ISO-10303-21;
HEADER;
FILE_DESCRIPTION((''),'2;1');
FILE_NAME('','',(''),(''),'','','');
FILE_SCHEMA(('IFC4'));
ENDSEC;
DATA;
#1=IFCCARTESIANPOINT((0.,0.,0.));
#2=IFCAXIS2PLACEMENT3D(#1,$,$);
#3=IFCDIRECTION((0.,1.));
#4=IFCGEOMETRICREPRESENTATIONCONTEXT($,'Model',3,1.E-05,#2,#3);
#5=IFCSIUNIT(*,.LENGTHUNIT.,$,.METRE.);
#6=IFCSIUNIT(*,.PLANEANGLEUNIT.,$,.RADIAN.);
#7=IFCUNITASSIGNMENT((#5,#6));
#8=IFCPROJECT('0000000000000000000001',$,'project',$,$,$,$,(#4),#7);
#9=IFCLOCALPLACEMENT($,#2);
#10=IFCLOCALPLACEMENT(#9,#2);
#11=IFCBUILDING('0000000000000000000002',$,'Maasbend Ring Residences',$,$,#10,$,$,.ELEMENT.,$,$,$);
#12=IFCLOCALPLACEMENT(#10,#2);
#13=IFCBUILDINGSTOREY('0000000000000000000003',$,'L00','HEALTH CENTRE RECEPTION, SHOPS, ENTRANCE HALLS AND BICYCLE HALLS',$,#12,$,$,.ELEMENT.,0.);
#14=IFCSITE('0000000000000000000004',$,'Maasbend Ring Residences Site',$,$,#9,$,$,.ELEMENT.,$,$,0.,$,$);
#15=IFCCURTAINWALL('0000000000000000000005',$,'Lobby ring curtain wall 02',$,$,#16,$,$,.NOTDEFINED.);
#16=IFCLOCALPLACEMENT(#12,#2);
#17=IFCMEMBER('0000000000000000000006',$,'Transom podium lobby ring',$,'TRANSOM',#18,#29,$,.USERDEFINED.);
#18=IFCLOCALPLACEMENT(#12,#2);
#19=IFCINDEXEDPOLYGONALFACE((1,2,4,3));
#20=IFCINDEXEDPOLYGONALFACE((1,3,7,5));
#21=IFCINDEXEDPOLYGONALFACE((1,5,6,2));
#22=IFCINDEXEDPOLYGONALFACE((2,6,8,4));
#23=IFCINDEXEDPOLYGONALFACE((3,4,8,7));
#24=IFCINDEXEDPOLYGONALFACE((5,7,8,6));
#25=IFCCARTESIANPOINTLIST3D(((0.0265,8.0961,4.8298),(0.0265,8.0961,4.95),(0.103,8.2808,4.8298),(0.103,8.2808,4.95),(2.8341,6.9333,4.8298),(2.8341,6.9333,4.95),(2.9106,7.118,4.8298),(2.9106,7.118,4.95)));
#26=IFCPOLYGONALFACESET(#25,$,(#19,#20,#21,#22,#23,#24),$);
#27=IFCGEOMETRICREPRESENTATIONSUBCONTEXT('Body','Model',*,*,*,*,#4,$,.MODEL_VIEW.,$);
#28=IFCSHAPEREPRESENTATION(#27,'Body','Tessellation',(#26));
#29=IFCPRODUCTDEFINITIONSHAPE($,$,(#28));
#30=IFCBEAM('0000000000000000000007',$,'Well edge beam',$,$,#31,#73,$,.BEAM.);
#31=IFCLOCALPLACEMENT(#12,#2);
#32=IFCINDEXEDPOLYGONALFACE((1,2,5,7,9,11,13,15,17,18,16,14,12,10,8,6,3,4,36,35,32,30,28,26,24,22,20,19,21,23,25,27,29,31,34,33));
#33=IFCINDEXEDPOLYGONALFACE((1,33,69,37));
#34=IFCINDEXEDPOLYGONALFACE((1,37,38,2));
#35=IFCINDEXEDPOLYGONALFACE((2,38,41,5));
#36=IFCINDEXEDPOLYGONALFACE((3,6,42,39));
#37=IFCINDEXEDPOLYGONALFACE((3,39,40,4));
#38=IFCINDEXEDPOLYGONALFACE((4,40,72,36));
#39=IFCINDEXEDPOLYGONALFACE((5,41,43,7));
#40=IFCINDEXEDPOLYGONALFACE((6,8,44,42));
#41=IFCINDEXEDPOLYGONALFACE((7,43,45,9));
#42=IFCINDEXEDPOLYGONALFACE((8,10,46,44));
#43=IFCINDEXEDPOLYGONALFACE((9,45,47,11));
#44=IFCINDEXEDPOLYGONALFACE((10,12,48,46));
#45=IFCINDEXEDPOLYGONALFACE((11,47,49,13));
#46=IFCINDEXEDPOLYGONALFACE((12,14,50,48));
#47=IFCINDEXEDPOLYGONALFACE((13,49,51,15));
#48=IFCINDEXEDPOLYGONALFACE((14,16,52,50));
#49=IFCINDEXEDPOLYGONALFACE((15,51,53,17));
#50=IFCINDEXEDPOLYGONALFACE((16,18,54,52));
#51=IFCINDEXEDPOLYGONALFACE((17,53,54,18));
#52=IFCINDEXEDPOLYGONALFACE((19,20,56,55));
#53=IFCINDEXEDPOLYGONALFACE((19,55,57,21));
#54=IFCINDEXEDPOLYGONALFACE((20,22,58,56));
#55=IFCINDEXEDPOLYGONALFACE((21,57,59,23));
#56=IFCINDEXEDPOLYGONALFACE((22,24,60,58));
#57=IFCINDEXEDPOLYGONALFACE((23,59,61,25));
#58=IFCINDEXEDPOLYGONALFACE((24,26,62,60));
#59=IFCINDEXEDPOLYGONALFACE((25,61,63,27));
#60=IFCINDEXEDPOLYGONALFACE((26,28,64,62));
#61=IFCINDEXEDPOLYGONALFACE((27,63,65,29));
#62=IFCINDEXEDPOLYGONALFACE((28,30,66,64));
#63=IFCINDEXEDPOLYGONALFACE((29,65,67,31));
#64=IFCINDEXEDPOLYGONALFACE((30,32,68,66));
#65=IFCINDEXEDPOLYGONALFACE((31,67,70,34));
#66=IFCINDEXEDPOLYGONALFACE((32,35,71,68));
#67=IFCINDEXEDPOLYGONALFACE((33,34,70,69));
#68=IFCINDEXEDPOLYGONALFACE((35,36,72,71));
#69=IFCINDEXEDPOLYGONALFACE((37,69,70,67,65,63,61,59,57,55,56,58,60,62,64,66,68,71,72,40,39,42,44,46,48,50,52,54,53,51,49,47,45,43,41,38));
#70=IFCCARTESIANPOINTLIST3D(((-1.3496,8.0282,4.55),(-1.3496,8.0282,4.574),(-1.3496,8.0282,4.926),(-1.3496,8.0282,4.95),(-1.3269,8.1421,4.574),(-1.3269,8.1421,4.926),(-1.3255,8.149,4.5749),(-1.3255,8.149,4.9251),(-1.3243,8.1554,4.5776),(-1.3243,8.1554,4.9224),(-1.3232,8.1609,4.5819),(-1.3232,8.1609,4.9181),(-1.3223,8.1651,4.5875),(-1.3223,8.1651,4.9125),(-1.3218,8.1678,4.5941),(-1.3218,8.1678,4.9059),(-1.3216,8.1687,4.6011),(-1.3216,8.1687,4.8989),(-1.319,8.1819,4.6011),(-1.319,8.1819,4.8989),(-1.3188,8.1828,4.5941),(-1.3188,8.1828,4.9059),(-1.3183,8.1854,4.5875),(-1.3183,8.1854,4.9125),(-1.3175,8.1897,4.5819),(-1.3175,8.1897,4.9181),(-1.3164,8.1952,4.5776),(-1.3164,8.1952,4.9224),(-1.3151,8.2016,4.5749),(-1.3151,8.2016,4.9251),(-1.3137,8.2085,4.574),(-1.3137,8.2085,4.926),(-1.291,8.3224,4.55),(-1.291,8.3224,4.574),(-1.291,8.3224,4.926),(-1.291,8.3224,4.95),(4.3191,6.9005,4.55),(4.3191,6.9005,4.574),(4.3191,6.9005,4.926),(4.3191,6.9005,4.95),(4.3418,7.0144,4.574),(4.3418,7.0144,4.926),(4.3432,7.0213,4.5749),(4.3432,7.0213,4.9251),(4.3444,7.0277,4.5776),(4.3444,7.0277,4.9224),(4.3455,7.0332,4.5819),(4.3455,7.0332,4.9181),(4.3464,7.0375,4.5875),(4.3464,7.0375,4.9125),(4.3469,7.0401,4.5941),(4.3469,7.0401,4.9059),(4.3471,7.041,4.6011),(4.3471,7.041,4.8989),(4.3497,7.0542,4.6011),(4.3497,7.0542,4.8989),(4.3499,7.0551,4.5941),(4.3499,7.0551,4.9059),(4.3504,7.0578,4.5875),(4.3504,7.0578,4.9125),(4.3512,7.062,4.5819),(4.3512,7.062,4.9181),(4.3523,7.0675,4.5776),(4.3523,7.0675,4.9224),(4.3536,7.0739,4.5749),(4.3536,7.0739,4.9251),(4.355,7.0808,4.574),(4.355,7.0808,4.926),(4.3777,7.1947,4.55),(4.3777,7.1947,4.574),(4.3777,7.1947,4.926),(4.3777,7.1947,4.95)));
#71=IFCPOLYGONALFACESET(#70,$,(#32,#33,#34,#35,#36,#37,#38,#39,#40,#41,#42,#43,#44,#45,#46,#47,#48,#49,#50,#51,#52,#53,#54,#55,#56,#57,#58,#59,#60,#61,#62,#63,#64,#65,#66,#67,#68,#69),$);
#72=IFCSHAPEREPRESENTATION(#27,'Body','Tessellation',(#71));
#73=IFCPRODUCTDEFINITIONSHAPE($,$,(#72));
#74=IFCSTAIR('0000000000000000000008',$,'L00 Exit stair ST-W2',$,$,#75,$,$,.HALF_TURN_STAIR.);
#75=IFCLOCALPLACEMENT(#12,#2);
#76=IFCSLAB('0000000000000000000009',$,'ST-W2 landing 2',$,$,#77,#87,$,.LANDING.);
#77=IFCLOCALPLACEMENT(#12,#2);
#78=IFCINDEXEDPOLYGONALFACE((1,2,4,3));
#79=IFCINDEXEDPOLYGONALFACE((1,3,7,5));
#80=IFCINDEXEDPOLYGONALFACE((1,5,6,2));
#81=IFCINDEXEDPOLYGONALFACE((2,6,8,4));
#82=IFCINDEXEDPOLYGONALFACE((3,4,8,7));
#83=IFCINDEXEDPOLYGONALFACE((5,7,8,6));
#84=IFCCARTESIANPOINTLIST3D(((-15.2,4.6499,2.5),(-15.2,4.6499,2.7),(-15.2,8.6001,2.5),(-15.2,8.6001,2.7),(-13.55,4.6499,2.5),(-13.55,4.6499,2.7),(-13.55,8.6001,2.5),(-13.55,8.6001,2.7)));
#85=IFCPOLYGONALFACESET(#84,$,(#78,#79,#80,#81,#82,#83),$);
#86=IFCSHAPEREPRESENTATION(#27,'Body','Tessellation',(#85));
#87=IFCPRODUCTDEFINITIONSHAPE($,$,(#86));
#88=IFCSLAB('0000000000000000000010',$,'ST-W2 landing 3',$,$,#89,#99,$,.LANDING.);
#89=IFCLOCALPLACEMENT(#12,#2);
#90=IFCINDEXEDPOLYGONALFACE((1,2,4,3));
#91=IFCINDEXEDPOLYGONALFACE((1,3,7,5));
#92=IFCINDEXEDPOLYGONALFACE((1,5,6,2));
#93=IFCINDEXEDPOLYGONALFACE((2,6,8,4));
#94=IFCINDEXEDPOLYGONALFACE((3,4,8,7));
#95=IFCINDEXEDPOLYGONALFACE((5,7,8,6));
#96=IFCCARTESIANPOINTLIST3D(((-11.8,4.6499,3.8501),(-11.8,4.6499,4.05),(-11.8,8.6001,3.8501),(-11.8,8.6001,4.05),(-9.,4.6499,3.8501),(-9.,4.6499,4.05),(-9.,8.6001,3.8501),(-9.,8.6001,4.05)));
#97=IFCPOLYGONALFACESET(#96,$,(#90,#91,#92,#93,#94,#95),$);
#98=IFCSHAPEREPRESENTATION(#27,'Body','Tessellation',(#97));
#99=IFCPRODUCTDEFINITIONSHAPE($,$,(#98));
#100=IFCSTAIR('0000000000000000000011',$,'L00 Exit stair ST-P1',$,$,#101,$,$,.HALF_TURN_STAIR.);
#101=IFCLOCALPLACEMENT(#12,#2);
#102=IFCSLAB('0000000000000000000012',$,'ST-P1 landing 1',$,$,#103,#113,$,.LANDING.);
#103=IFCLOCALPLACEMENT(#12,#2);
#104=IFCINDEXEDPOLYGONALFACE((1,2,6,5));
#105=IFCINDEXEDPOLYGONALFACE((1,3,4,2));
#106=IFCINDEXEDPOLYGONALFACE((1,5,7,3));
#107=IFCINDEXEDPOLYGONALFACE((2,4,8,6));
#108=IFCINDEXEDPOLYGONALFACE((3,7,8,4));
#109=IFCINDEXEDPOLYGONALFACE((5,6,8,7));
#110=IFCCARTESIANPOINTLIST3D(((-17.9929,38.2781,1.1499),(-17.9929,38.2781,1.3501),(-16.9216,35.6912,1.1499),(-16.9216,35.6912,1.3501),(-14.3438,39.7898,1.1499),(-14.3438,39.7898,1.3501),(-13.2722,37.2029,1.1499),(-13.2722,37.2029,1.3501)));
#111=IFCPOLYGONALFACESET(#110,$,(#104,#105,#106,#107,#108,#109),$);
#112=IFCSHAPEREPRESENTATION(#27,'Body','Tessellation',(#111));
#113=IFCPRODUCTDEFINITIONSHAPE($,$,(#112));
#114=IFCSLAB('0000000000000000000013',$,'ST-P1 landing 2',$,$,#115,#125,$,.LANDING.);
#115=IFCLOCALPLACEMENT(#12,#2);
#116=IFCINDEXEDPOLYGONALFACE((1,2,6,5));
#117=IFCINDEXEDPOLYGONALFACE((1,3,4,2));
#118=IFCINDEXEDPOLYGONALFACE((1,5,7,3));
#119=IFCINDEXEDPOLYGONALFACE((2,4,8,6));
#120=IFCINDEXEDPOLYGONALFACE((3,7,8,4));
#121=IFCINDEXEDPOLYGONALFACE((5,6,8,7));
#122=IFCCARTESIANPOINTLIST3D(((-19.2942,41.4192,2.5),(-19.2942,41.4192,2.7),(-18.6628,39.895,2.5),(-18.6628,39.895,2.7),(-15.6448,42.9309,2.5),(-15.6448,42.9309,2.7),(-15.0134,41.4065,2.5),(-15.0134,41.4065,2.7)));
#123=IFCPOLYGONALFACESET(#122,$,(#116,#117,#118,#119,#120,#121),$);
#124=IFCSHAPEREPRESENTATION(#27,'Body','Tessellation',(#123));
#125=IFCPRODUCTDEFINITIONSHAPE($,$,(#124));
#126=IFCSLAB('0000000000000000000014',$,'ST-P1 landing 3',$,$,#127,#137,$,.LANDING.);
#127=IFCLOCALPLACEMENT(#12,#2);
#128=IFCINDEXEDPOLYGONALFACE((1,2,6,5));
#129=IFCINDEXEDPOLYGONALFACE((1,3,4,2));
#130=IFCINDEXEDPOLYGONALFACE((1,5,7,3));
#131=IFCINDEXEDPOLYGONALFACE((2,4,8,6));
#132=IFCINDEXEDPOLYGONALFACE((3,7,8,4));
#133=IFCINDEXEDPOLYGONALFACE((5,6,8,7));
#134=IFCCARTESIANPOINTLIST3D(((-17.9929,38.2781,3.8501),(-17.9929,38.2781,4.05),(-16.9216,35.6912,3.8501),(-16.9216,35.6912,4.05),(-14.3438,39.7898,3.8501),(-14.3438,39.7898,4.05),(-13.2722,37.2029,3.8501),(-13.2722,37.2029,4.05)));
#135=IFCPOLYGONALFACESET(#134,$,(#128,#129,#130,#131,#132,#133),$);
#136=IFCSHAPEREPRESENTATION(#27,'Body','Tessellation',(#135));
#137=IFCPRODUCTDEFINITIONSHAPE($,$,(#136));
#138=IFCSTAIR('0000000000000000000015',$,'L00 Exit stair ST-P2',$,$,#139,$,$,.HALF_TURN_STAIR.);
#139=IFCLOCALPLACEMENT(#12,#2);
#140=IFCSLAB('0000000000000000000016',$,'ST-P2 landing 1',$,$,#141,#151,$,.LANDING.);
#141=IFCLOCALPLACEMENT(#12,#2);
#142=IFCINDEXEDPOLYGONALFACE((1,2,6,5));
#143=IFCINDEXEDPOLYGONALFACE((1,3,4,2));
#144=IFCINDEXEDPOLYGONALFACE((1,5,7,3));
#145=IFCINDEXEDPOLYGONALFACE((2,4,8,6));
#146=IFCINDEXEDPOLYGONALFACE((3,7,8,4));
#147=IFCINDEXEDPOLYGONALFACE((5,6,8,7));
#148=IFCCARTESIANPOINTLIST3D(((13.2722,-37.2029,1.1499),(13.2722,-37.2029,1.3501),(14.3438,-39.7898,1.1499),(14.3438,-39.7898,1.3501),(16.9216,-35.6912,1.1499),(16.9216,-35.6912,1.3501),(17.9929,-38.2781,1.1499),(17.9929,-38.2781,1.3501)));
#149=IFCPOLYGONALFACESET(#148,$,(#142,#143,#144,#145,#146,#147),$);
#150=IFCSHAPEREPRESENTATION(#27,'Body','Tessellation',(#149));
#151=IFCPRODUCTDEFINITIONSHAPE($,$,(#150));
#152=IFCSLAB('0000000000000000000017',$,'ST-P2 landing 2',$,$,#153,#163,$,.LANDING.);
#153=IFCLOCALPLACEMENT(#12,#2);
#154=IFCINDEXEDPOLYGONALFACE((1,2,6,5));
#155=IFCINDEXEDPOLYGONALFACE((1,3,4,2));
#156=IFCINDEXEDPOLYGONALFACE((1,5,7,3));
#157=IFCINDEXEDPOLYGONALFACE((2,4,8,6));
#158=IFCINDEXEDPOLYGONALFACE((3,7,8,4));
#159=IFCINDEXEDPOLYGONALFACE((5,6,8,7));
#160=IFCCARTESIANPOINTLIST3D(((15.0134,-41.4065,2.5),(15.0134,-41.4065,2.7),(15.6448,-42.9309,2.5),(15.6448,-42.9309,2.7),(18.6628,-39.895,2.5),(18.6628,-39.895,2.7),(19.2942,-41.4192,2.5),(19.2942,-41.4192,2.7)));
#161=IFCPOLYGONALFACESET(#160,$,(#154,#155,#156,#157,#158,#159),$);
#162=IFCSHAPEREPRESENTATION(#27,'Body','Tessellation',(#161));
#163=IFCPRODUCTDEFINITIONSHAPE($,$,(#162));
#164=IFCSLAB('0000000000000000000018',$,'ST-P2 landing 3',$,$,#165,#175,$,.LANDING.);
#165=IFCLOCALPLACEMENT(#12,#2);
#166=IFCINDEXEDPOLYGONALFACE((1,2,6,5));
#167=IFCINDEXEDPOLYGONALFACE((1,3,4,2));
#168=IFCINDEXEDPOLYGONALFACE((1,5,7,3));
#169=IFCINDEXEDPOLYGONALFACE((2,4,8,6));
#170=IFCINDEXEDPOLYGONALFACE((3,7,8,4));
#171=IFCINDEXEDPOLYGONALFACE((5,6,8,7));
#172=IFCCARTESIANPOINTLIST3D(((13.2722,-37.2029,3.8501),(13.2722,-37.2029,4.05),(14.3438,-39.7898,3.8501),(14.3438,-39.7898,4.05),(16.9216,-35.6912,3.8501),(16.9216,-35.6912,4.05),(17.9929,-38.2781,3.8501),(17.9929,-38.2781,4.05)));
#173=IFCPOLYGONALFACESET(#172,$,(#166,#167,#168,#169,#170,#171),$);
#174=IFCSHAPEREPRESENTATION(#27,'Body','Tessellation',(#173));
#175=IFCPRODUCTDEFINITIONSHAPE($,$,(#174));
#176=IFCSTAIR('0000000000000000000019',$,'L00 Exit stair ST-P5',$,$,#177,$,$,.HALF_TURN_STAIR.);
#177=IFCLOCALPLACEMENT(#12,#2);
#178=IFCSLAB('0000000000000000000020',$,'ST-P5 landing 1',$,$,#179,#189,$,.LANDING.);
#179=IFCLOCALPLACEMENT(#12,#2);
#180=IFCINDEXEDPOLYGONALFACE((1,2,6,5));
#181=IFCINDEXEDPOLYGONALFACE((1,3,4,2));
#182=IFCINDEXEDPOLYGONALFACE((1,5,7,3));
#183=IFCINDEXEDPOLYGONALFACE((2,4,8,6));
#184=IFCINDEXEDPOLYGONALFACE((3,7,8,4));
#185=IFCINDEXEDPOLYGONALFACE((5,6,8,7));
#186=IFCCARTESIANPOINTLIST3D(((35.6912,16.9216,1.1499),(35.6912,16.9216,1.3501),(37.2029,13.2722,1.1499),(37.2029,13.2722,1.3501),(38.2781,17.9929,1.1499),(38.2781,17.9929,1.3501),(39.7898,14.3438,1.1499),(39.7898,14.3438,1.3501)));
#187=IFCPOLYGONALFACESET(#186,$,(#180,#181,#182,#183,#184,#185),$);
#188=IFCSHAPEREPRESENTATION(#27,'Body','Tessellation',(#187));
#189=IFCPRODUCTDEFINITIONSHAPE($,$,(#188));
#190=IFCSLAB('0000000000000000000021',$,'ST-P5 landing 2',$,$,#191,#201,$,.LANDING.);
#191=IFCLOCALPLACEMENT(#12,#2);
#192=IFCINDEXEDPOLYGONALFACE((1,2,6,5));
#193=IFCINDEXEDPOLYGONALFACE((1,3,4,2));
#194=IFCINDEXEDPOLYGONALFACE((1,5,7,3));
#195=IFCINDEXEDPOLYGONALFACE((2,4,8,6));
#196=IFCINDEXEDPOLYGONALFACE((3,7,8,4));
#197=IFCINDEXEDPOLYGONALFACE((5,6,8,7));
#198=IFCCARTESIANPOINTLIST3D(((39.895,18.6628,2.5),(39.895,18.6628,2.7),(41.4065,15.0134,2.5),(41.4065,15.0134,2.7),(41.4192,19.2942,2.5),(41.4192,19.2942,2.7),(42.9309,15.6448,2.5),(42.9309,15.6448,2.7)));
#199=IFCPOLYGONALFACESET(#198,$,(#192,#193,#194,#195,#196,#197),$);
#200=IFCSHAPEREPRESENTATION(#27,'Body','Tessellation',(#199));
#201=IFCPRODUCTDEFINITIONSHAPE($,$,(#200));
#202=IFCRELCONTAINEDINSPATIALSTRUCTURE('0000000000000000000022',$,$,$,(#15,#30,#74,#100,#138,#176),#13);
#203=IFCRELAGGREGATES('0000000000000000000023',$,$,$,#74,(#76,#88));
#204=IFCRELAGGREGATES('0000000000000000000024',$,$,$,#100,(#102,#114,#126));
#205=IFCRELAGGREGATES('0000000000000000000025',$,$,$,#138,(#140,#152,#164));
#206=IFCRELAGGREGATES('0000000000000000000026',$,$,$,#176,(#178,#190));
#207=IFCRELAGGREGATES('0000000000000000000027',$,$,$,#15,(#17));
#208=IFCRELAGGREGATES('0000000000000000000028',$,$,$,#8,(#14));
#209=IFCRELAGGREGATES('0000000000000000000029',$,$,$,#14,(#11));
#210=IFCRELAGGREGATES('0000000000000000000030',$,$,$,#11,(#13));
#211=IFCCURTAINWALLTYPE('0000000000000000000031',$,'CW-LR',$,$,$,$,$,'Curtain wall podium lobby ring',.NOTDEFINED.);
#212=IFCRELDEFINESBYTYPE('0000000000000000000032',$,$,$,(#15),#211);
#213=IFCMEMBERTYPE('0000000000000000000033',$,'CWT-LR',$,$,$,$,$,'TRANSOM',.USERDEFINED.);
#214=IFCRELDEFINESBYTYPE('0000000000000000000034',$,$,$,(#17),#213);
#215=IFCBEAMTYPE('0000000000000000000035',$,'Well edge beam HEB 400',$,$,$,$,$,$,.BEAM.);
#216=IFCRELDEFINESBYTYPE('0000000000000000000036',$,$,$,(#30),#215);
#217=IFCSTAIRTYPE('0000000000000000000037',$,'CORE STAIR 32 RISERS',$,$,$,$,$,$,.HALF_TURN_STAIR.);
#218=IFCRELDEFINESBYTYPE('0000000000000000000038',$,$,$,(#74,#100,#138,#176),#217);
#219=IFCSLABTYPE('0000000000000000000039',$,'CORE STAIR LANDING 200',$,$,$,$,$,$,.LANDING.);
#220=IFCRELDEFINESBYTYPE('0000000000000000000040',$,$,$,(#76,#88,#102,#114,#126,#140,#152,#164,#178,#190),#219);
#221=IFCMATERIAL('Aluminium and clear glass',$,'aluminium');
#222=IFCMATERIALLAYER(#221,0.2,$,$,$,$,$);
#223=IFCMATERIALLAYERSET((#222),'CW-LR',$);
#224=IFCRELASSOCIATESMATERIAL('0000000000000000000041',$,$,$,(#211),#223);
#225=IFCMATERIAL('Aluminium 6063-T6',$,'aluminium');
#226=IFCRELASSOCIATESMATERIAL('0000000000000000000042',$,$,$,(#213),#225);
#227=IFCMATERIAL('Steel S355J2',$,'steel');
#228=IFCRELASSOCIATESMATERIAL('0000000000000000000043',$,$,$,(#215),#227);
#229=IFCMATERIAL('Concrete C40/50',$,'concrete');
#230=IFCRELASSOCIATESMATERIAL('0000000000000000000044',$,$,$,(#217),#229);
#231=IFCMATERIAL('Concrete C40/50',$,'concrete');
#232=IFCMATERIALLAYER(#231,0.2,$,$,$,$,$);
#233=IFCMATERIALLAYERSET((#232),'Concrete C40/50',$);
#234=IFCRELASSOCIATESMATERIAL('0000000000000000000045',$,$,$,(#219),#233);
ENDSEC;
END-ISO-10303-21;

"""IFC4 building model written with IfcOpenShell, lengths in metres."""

from ifc_helpers import new_model, si_unit, direction, frame, origin, origin_2d, place, context, subcontext, project, spatial, polyline, rectangle, i_section, outline, extrude, material, layer, layer_set, material_profile, profile_set, type_object, element, aggregate, save


model = new_model("IFC4")

# Units and contexts
model_context = context("Model", 3, precision=1e-05, world=origin(), true_north=direction((0.0, 1.0)))
body_context = subcontext(model_context, "Body", "Model", "MODEL_VIEW")
ifc_project = project(units=[si_unit("LENGTHUNIT", "METRE"), si_unit("PLANEANGLEUNIT", "RADIAN")], contexts=[model_context])

# Site, building, storey
site_placement = place(None, origin())
site = spatial("IfcSite", under=ifc_project, at=site_placement, Name="Maasbend Ring Residences Site", CompositionType="ELEMENT", RefElevation=0.0)
building_placement = place(site_placement, origin())
building = spatial("IfcBuilding", under=site, at=building_placement, Name="Maasbend Ring Residences", CompositionType="ELEMENT")
storey_placement = place(building_placement, origin())
storey = spatial("IfcBuildingStorey", under=building, at=storey_placement, Name="L00", Description="HEALTH CENTRE RECEPTION, SHOPS, ENTRANCE HALLS AND BICYCLE HALLS", CompositionType="ELEMENT", Elevation=0.0)

# Curtain wall, member
ifc_material_1 = material(Name="Aluminium and clear glass", Category="aluminium")
ifc_layer_1 = layer(ifc_material_1, 0.2)
ifc_layer_set_1 = layer_set([ifc_layer_1], Name="CW-LR")
curtain_wall_type = type_object("IfcCurtainWallType", Name="CW-LR", ElementType="Curtain wall podium lobby ring", PredefinedType="NOTDEFINED", material=ifc_layer_set_1)
curtain_wall_placement = place(storey_placement, origin())
curtain_wall = element("IfcCurtainWall", 1, at=curtain_wall_placement, inside=storey, type_object=curtain_wall_type, Name="Lobby ring curtain wall 02", PredefinedType="NOTDEFINED")
ifc_material_2 = material(Name="Aluminium 6063-T6", Category="aluminium")
ifc_material_profile_1 = material_profile(ifc_material_2, rectangle(XDim=0.2, YDim=0.1201, at=origin_2d()), Name="AL 200x120")
ifc_profile_set_1 = profile_set([ifc_material_profile_1], Name="Aluminium 6063-T6")
member_type_1 = type_object("IfcMemberType", Name="CWT-LR", ElementType="TRANSOM", PredefinedType="USERDEFINED", material=ifc_profile_set_1)
member_1_placement = place(storey_placement, frame((2.8723, 7.0256, 4.8899), z_axis=(-0.923892, 0.382652, 0.0), x_axis=(-0.382652, -0.923892, 0.0)))
member_1 = element("IfcMember", 2, at=member_1_placement, type_object=member_type_1, Name="Transom podium lobby ring", ObjectType="TRANSOM", PredefinedType="USERDEFINED", context=body_context, shape_type="SweptSolid", body=[
    extrude(rectangle(XDim=0.2, YDim=0.1201, at=origin_2d()), origin(), (0.0, 0.0, 1.0), 3.0388),
])

# Beam
ifc_material_3 = material(Name="Steel S355J2", Category="steel")
ifc_material_profile_2 = material_profile(ifc_material_3, i_section(OverallWidth=0.3, OverallDepth=0.3999, WebThickness=0.0134, FlangeThickness=0.0239, FilletRadius=0.0271, at=origin_2d()), Name="HEB 400")
ifc_profile_set_2 = profile_set([ifc_material_profile_2], Name="Steel S355J2")
beam_type = type_object("IfcBeamType", Name="Well edge beam HEB 400", PredefinedType="BEAM", material=ifc_profile_set_2)
beam_placement = place(storey_placement, frame((4.3484, 7.0476, 4.75), z_axis=(-0.980782, 0.195109, 0.0), x_axis=(-0.195109, -0.980782, 0.0)))
element("IfcBeam", 3, at=beam_placement, inside=storey, type_object=beam_type, Name="Well edge beam", PredefinedType="BEAM", context=body_context, shape_type="SweptSolid", body=[
    extrude(i_section(OverallWidth=0.3, OverallDepth=0.3999, WebThickness=0.0134, FlangeThickness=0.0239, FilletRadius=0.0271, at=origin_2d()), origin(), (0.0, 0.0, 1.0), 5.7798),
])

# Stairs, slabs
ifc_material_4 = material(Name="Concrete C40/50", Category="concrete")
stair_type = type_object("IfcStairType", Name="CORE STAIR 32 RISERS", PredefinedType="HALF_TURN_STAIR", material=ifc_material_4)
stair_1_placement = place(storey_placement, origin())
stair_1 = element("IfcStair", 4, at=stair_1_placement, inside=storey, type_object=stair_type, Name="L00 Exit stair ST-W2", PredefinedType="HALF_TURN_STAIR")
ifc_material_5 = material(Name="Concrete C40/50", Category="concrete")
ifc_layer_2 = layer(ifc_material_5, 0.2)
ifc_layer_set_2 = layer_set([ifc_layer_2], Name="Concrete C40/50")
slab_type = type_object("IfcSlabType", Name="CORE STAIR LANDING 200", PredefinedType="LANDING", material=ifc_layer_set_2)
slab_1_placement = place(storey_placement, frame((0.0, 0.0, 2.5)))
slab_1 = element("IfcSlab", 5, at=slab_1_placement, type_object=slab_type, Name="ST-W2 landing 2", PredefinedType="LANDING", context=body_context, shape_type="SweptSolid", body=[
    extrude(outline(polyline([(-15.2, 4.6499), (-13.55, 4.6499), (-13.55, 8.6001), (-15.2, 8.6001), (-15.2, 4.6499)])), origin(), (0.0, 0.0, 1.0), 0.2),
])
slab_2_placement = place(storey_placement, frame((0.0, 0.0, 3.8501)))
slab_2 = element("IfcSlab", 6, at=slab_2_placement, type_object=slab_type, Name="ST-W2 landing 3", PredefinedType="LANDING", context=body_context, shape_type="SweptSolid", body=[
    extrude(outline(polyline([(-11.8, 4.6499), (-9.0, 4.6499), (-9.0, 8.6001), (-11.8, 8.6001), (-11.8, 4.6499)])), origin(), (0.0, 0.0, 1.0), 0.2),
])
aggregate(stair_1, [slab_1, slab_2])
stair_2_placement = place(storey_placement, origin())
stair_2 = element("IfcStair", 7, at=stair_2_placement, inside=storey, type_object=stair_type, Name="L00 Exit stair ST-P1", PredefinedType="HALF_TURN_STAIR")
slab_3_placement = place(storey_placement, frame((0.0, 0.0, 1.1499)))
slab_3 = element("IfcSlab", 8, at=slab_3_placement, type_object=slab_type, Name="ST-P1 landing 1", PredefinedType="LANDING", context=body_context, shape_type="SweptSolid", body=[
    extrude(outline(polyline([(-17.9929, 38.2781), (-16.9216, 35.6912), (-13.2722, 37.2029), (-14.3438, 39.7898), (-17.9929, 38.2781)])), origin(), (0.0, 0.0, 1.0), 0.2002),
])
slab_4_placement = place(storey_placement, frame((0.0, 0.0, 2.5)))
slab_4 = element("IfcSlab", 9, at=slab_4_placement, type_object=slab_type, Name="ST-P1 landing 2", PredefinedType="LANDING", context=body_context, shape_type="SweptSolid", body=[
    extrude(outline(polyline([(-19.2942, 41.4192), (-18.6628, 39.895), (-15.0134, 41.4065), (-15.6448, 42.9309), (-19.2942, 41.4192)])), origin(), (0.0, 0.0, 1.0), 0.2),
])
slab_5_placement = place(storey_placement, frame((0.0, 0.0, 3.8501)))
slab_5 = element("IfcSlab", 10, at=slab_5_placement, type_object=slab_type, Name="ST-P1 landing 3", PredefinedType="LANDING", context=body_context, shape_type="SweptSolid", body=[
    extrude(outline(polyline([(-17.9929, 38.2781), (-16.9216, 35.6912), (-13.2722, 37.2029), (-14.3438, 39.7898), (-17.9929, 38.2781)])), origin(), (0.0, 0.0, 1.0), 0.2),
])
aggregate(stair_2, [slab_3, slab_4, slab_5])
stair_3_placement = place(storey_placement, origin())
stair_3 = element("IfcStair", 11, at=stair_3_placement, inside=storey, type_object=stair_type, Name="L00 Exit stair ST-P2", PredefinedType="HALF_TURN_STAIR")
slab_6_placement = place(storey_placement, frame((0.0, 0.0, 1.1499)))
slab_6 = element("IfcSlab", 12, at=slab_6_placement, type_object=slab_type, Name="ST-P2 landing 1", PredefinedType="LANDING", context=body_context, shape_type="SweptSolid", body=[
    extrude(outline(polyline([(17.9929, -38.2781), (16.9216, -35.6912), (13.2722, -37.2029), (14.3438, -39.7898), (17.9929, -38.2781)])), origin(), (0.0, 0.0, 1.0), 0.2002),
])
slab_7_placement = place(storey_placement, frame((0.0, 0.0, 2.5)))
slab_7 = element("IfcSlab", 13, at=slab_7_placement, type_object=slab_type, Name="ST-P2 landing 2", PredefinedType="LANDING", context=body_context, shape_type="SweptSolid", body=[
    extrude(outline(polyline([(19.2942, -41.4192), (18.6628, -39.895), (15.0134, -41.4065), (15.6448, -42.9309), (19.2942, -41.4192)])), origin(), (0.0, 0.0, 1.0), 0.2),
])
slab_8_placement = place(storey_placement, frame((0.0, 0.0, 3.8501)))
slab_8 = element("IfcSlab", 14, at=slab_8_placement, type_object=slab_type, Name="ST-P2 landing 3", PredefinedType="LANDING", context=body_context, shape_type="SweptSolid", body=[
    extrude(outline(polyline([(17.9929, -38.2781), (16.9216, -35.6912), (13.2722, -37.2029), (14.3438, -39.7898), (17.9929, -38.2781)])), origin(), (0.0, 0.0, 1.0), 0.2),
])
aggregate(stair_3, [slab_6, slab_7, slab_8])
stair_4_placement = place(storey_placement, origin())
stair_4 = element("IfcStair", 15, at=stair_4_placement, inside=storey, type_object=stair_type, Name="L00 Exit stair ST-P5", PredefinedType="HALF_TURN_STAIR")
slab_9_placement = place(storey_placement, frame((0.0, 0.0, 1.1499)))
slab_9 = element("IfcSlab", 16, at=slab_9_placement, type_object=slab_type, Name="ST-P5 landing 1", PredefinedType="LANDING", context=body_context, shape_type="SweptSolid", body=[
    extrude(outline(polyline([(38.2781, 17.9929), (35.6912, 16.9216), (37.2029, 13.2722), (39.7898, 14.3438), (38.2781, 17.9929)])), origin(), (0.0, 0.0, 1.0), 0.2002),
])
slab_10_placement = place(storey_placement, frame((0.0, 0.0, 2.5)))
slab_10 = element("IfcSlab", 17, at=slab_10_placement, type_object=slab_type, Name="ST-P5 landing 2", PredefinedType="LANDING", context=body_context, shape_type="SweptSolid", body=[
    extrude(outline(polyline([(41.4192, 19.2942), (39.895, 18.6628), (41.4065, 15.0134), (42.9309, 15.6448), (41.4192, 19.2942)])), origin(), (0.0, 0.0, 1.0), 0.2),
])
aggregate(stair_4, [slab_9, slab_10])

aggregate(curtain_wall, [member_1])

save(model, "model.ifc")
